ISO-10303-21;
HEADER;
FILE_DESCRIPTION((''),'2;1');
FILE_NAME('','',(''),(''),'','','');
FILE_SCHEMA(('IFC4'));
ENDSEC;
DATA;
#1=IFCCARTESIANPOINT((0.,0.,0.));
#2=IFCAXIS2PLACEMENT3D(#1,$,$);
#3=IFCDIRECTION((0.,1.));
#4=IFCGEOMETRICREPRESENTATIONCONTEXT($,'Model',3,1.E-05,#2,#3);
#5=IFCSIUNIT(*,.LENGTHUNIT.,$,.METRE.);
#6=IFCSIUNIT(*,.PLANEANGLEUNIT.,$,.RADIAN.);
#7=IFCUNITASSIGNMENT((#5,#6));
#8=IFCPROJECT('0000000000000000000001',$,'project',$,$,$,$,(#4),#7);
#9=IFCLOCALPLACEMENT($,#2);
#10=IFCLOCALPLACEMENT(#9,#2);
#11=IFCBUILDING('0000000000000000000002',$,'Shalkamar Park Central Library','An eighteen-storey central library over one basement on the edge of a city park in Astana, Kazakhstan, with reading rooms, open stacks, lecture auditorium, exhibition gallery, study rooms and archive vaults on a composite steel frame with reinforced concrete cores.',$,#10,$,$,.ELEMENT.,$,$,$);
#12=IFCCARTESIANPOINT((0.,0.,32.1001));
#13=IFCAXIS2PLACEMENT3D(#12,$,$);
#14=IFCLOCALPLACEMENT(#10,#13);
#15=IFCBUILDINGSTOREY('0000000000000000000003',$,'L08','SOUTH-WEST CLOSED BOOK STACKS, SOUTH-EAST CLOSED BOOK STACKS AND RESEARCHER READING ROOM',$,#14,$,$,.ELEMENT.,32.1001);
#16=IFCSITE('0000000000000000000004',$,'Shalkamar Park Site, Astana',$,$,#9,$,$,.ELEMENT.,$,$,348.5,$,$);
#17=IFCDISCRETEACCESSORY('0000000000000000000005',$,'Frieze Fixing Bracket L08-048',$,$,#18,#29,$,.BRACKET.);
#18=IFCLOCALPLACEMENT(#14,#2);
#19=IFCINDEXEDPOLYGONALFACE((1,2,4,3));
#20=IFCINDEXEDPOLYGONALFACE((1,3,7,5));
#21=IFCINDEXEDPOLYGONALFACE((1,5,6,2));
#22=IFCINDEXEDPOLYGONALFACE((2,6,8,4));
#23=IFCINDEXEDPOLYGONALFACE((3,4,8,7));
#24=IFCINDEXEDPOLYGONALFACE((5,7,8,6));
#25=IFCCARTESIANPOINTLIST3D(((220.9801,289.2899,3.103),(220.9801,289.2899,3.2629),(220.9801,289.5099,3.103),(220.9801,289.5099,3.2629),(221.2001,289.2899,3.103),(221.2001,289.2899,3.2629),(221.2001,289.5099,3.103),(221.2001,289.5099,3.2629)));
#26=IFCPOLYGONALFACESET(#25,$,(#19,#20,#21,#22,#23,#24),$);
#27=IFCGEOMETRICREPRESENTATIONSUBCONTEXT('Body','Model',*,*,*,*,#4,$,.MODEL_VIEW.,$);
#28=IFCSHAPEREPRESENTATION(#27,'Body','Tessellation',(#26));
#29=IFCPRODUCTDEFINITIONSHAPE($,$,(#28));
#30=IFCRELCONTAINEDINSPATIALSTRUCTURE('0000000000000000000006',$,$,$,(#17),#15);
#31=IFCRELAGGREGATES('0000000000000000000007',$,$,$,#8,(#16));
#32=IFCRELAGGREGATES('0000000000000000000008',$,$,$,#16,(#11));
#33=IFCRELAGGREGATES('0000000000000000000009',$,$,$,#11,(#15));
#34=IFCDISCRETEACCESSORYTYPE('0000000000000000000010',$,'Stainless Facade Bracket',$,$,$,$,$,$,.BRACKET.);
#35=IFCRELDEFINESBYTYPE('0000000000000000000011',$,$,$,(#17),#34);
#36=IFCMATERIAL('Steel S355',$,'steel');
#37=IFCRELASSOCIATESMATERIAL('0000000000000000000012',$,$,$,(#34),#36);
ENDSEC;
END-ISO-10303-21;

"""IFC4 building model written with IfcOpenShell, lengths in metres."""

from ifc_helpers import new_model, si_unit, direction, frame, origin, origin_2d, place, context, subcontext, project, spatial, rectangle, extrude, material, type_object, element, save


model = new_model("IFC4")

# Units and contexts
model_context = context("Model", 3, precision=1e-05, world=origin(), true_north=direction((0.0, 1.0)))
body_context = subcontext(model_context, "Body", "Model", "MODEL_VIEW")
ifc_project = project(units=[si_unit("LENGTHUNIT", "METRE"), si_unit("PLANEANGLEUNIT", "RADIAN")], contexts=[model_context])

# Site, building, storey
site_placement = place(None, origin())
site = spatial("IfcSite", under=ifc_project, at=site_placement, Name="Shalkamar Park Site, Astana", CompositionType="ELEMENT", RefElevation=348.5)
building_placement = place(site_placement, origin())
building = spatial("IfcBuilding", under=site, at=building_placement, Name="Shalkamar Park Central Library", Description="An eighteen-storey central library over one basement on the edge of a city park in Astana, Kazakhstan, with reading rooms, open stacks, lecture auditorium, exhibition gallery, study rooms and archive vaults on a composite steel frame with reinforced concrete cores.", CompositionType="ELEMENT")
storey_placement = place(building_placement, frame((0.0, 0.0, 32.1001)))
storey = spatial("IfcBuildingStorey", under=building, at=storey_placement, Name="L08", Description="SOUTH-WEST CLOSED BOOK STACKS, SOUTH-EAST CLOSED BOOK STACKS AND RESEARCHER READING ROOM", CompositionType="ELEMENT", Elevation=32.1001)

# Shared definitions
ifc_material_1 = material(Name="Steel S355", Category="steel")

# Discrete accessory
discrete_accessory_type = type_object("IfcDiscreteAccessoryType", Name="Stainless Facade Bracket", PredefinedType="BRACKET", material=ifc_material_1)
discrete_accessory_placement = place(storey_placement, frame((221.0901, 289.3999, 3.103), z_axis=(0.0, 0.0, 1.0), x_axis=(1.0, 0.0, 0.0)))
element("IfcDiscreteAccessory", 1, at=discrete_accessory_placement, inside=storey, type_object=discrete_accessory_type, Name="Frieze Fixing Bracket L08-048", PredefinedType="BRACKET", context=body_context, shape_type="SweptSolid", body=[
    extrude(rectangle(XDim=0.22, YDim=0.22, at=origin_2d()), origin(), (0.0, 0.0, 1.0), 0.1599),
])

save(model, "model.ifc")
